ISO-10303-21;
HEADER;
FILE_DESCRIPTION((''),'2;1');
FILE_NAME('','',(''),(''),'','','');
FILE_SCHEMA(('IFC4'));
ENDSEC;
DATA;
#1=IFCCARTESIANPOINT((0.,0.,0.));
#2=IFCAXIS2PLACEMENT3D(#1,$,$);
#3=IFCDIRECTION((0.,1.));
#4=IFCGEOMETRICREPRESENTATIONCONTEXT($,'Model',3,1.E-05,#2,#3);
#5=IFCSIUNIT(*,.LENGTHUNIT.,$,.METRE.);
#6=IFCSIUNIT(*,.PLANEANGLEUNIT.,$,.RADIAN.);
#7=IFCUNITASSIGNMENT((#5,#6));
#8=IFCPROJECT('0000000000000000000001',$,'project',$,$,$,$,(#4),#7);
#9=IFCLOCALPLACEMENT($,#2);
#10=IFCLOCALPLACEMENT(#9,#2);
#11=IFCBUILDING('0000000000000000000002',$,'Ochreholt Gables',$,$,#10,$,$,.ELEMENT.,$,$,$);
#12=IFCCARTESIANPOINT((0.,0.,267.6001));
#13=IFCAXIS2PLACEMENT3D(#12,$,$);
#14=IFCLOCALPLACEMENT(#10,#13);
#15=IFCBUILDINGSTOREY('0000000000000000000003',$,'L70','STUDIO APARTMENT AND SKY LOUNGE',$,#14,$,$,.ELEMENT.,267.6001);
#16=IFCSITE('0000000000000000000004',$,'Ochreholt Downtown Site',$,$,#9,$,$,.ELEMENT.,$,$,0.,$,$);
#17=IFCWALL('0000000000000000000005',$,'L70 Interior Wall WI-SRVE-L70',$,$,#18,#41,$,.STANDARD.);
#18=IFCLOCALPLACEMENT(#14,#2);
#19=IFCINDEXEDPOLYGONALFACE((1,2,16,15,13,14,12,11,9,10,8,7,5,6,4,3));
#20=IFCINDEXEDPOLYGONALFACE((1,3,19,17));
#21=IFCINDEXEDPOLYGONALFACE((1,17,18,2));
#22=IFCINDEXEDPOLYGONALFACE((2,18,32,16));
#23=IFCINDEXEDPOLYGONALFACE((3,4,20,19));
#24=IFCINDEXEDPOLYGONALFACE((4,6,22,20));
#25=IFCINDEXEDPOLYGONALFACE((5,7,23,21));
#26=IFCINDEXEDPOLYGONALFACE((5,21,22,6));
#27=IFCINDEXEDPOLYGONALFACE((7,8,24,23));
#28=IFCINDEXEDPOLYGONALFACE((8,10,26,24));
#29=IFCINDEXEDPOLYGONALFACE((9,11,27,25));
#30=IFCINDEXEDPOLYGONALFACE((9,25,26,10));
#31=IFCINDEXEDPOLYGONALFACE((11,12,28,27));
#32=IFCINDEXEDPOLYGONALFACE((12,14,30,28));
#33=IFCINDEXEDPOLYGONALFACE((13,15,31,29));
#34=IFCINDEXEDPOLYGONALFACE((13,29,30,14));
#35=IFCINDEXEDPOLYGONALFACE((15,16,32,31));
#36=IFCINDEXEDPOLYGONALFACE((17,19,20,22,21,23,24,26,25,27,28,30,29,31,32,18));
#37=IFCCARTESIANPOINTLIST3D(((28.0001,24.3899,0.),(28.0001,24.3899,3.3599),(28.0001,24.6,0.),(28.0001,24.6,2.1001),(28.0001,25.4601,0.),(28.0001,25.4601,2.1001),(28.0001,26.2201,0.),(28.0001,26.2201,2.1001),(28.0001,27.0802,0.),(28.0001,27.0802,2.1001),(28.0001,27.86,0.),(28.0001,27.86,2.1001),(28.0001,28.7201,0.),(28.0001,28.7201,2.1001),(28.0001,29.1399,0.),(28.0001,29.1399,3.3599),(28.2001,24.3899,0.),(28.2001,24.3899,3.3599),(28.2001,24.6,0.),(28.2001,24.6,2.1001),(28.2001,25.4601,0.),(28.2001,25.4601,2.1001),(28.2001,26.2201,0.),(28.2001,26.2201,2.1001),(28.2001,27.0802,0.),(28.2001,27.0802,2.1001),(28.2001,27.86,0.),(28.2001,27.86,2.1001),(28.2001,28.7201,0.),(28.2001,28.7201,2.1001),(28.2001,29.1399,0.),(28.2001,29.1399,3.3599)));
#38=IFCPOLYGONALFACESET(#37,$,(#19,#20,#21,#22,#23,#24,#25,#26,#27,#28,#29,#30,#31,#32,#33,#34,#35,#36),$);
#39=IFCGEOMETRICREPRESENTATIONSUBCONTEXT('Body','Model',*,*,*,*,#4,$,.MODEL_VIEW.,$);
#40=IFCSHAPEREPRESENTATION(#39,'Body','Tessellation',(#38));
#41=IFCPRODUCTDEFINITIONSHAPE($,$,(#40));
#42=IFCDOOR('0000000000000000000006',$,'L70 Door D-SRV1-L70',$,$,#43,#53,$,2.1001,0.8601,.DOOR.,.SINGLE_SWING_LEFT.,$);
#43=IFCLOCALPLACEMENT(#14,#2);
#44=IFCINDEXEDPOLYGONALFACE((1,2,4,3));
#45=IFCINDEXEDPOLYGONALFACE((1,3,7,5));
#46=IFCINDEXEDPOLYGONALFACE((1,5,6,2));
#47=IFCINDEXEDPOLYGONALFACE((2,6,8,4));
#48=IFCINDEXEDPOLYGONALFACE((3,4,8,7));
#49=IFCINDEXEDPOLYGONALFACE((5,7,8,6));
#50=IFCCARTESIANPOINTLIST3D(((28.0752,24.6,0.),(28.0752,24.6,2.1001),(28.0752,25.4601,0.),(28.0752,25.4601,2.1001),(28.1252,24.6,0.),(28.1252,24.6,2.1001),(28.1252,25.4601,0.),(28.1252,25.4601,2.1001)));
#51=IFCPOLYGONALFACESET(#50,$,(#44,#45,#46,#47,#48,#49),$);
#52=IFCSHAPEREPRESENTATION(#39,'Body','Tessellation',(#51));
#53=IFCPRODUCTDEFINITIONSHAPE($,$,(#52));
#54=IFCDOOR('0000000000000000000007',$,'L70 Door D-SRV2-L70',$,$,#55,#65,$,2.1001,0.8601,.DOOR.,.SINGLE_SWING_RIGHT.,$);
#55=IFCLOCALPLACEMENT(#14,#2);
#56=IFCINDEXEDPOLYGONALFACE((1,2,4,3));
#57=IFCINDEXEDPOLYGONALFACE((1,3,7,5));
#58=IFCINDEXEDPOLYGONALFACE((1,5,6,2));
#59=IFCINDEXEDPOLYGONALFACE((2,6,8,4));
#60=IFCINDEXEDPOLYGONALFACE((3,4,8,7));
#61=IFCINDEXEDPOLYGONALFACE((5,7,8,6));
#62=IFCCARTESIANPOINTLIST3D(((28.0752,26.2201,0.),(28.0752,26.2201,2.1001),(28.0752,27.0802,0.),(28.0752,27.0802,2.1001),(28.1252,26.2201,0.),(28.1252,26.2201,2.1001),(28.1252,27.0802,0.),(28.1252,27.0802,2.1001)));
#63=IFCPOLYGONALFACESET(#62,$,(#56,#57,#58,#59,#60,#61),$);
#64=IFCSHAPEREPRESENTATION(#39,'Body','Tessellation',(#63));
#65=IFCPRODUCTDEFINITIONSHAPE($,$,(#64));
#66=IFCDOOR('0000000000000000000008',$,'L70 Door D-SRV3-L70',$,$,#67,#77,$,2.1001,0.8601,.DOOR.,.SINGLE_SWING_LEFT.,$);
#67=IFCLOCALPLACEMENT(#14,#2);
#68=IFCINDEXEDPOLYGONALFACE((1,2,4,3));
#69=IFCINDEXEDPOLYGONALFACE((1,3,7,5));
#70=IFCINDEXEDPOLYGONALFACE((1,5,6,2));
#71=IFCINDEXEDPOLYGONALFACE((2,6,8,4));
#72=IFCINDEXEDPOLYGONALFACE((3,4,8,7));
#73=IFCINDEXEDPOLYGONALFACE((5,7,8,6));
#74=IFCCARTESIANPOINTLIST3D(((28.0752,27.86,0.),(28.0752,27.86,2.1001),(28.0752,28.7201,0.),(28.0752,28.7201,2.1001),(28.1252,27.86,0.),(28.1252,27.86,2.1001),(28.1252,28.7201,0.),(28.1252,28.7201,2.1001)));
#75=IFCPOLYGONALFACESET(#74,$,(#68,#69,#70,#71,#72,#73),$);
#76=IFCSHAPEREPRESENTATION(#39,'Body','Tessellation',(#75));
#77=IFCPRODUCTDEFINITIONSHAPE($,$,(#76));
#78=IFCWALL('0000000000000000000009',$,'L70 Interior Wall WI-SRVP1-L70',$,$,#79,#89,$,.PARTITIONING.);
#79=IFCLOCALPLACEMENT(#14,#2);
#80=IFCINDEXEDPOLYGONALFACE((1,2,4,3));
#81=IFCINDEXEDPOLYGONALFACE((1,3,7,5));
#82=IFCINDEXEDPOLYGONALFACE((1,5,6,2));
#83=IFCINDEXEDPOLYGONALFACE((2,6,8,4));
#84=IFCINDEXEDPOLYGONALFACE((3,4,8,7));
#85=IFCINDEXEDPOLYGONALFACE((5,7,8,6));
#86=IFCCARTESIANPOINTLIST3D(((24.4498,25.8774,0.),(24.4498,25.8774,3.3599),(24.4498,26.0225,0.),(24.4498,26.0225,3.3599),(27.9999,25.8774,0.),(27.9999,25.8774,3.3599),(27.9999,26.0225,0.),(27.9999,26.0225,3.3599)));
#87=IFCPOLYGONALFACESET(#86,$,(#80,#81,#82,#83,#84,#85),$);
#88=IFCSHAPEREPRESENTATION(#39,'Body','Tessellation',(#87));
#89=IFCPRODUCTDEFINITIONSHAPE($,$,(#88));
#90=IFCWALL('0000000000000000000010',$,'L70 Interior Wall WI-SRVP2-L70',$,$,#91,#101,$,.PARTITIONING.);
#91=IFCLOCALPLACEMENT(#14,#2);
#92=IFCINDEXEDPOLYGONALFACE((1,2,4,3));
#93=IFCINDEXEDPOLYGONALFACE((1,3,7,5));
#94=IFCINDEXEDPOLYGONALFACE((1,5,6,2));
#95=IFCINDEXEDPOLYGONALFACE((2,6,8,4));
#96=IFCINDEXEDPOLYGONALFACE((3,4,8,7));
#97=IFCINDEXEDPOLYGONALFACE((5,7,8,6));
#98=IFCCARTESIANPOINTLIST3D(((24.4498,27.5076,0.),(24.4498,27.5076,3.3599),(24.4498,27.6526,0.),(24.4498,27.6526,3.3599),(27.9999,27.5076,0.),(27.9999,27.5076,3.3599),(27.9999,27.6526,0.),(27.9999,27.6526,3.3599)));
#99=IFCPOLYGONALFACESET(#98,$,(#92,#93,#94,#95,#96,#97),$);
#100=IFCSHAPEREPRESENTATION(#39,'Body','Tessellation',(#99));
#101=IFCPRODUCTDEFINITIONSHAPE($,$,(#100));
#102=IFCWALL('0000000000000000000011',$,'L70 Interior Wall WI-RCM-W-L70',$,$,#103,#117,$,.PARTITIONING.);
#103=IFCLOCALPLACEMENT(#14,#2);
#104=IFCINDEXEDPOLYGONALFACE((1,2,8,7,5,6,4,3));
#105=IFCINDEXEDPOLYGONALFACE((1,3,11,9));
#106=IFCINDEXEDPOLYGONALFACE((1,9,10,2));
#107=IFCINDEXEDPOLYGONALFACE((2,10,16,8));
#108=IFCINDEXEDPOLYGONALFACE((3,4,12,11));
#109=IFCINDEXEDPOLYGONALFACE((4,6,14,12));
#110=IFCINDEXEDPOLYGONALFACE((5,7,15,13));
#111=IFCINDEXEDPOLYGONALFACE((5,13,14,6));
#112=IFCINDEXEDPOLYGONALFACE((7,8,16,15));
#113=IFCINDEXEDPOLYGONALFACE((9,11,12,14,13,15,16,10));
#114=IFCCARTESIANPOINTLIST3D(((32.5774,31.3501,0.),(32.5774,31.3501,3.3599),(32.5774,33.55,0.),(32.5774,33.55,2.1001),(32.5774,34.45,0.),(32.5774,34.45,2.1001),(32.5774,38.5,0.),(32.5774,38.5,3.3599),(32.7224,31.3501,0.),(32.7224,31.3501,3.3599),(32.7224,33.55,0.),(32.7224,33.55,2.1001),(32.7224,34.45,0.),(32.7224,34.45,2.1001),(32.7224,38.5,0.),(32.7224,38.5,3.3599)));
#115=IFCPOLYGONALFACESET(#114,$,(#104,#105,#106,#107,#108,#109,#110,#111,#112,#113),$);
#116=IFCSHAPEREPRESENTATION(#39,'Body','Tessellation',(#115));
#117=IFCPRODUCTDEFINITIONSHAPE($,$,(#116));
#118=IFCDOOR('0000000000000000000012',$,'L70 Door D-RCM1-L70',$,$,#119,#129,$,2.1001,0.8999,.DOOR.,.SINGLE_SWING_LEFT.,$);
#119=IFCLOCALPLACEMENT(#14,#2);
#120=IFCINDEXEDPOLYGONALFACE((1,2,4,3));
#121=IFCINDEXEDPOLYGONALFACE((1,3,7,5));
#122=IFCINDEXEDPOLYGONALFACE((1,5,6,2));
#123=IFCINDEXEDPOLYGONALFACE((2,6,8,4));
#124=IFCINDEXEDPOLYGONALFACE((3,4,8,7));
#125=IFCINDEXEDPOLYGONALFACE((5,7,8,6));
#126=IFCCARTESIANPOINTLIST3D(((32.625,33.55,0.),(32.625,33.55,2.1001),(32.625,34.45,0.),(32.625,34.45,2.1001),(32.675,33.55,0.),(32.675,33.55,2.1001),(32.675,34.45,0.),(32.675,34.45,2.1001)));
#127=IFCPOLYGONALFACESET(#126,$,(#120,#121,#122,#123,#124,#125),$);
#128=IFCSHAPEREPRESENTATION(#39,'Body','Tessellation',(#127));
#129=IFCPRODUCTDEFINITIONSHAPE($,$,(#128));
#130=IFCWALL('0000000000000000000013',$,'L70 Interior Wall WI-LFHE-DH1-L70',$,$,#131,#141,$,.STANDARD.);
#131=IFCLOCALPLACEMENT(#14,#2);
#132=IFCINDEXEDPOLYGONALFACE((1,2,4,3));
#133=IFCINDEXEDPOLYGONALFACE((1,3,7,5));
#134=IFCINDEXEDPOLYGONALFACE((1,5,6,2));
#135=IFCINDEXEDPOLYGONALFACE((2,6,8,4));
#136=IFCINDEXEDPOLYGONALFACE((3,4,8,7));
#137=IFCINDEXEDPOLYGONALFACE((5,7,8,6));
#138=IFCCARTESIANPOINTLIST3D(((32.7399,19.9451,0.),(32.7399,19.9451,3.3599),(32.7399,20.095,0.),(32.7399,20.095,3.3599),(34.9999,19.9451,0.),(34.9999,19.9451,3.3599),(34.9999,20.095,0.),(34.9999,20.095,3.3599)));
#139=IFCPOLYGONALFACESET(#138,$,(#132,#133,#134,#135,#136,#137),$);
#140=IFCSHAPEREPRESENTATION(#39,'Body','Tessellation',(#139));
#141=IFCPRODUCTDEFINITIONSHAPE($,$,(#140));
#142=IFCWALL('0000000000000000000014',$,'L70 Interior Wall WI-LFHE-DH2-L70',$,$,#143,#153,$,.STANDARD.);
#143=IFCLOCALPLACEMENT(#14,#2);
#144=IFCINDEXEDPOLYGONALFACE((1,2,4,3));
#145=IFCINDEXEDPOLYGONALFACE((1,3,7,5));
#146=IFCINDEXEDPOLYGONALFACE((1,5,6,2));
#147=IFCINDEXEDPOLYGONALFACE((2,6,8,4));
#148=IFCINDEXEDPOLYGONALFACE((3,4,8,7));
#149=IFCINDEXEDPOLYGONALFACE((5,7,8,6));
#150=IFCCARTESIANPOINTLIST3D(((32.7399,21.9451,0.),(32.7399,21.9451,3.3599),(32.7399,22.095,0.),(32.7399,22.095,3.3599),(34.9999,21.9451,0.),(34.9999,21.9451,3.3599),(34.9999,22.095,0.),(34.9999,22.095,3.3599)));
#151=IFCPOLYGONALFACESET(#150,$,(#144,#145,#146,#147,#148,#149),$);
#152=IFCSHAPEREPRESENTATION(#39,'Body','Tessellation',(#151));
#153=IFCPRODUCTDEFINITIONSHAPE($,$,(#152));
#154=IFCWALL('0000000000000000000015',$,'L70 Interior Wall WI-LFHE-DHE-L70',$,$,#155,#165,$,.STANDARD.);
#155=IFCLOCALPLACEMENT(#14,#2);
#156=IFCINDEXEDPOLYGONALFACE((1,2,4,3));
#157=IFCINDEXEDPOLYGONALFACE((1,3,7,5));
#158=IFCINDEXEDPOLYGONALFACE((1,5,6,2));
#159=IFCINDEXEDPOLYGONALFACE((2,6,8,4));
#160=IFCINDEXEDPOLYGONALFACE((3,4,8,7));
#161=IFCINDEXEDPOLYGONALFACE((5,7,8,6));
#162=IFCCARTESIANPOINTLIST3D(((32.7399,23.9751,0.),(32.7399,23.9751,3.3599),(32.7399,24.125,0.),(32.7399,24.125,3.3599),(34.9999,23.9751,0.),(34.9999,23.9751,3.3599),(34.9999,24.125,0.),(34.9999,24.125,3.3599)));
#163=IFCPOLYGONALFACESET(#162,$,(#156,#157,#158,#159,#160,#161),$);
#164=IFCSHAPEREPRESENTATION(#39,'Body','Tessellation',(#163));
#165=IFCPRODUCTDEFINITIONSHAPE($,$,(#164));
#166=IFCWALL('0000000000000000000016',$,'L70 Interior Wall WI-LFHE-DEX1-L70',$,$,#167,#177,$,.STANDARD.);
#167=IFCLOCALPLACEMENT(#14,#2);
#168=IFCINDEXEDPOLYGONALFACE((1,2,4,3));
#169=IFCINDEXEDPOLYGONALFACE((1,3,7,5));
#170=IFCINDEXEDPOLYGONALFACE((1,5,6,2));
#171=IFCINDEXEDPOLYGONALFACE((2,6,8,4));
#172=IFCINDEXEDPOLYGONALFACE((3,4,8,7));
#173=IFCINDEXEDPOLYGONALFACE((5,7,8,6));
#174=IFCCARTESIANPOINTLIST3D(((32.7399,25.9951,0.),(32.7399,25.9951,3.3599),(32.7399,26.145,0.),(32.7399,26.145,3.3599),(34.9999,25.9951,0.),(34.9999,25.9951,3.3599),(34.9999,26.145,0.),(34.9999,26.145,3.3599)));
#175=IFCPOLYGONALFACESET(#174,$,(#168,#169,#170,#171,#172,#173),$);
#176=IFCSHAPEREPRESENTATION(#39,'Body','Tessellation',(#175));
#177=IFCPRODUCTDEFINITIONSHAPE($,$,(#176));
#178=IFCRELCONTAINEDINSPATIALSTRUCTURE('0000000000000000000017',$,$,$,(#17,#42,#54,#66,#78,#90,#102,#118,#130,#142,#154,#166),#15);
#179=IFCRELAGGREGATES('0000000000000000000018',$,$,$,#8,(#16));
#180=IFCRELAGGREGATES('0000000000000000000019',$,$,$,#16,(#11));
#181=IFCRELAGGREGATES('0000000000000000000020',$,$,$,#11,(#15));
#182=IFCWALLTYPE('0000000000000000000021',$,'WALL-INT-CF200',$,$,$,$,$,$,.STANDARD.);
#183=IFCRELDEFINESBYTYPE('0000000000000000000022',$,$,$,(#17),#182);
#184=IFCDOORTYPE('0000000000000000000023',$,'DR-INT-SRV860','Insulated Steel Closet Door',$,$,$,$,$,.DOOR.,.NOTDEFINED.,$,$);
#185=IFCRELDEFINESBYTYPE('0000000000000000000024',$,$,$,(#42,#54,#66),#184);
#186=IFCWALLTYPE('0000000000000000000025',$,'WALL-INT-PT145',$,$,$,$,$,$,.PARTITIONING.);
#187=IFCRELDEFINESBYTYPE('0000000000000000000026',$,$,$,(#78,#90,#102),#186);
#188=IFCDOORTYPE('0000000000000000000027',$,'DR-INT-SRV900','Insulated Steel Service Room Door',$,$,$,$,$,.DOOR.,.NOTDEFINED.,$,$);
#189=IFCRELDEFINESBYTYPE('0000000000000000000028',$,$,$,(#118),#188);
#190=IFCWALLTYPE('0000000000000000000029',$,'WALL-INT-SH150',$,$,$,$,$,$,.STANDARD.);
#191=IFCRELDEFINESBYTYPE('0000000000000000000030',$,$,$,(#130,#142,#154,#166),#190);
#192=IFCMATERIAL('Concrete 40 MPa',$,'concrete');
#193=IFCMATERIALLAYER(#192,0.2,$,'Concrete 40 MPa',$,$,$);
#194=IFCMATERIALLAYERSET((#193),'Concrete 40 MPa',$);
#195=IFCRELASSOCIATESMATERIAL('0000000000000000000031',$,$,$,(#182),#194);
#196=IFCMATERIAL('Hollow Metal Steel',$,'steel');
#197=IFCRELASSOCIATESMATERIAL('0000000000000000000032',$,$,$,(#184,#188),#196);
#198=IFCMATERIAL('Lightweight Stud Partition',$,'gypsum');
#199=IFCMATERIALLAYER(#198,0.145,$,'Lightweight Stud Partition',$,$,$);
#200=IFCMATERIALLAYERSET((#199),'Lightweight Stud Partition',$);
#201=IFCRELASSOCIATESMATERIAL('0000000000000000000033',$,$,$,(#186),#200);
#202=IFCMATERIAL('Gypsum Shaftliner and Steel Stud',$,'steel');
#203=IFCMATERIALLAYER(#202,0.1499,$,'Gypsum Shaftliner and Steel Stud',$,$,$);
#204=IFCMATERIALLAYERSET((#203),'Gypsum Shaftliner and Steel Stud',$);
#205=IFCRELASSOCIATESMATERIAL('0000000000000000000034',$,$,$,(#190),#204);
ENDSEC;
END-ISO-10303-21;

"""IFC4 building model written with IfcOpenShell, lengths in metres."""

from ifc_helpers import new_model, si_unit, direction, frame, frame_2d, origin, place, context, subcontext, project, spatial, rectangle, extrude, material, layer, layer_set, type_object, element, fill, save


model = new_model("IFC4")

# Units and contexts
model_context = context("Model", 3, precision=1e-05, world=origin(), true_north=direction((0.0, 1.0)))
body_context = subcontext(model_context, "Body", "Model", "MODEL_VIEW")
ifc_project = project(units=[si_unit("LENGTHUNIT", "METRE"), si_unit("PLANEANGLEUNIT", "RADIAN")], contexts=[model_context])

# Site, building, storey
site_placement = place(None, origin())
site = spatial("IfcSite", under=ifc_project, at=site_placement, Name="Ochreholt Downtown Site", CompositionType="ELEMENT", RefElevation=0.0)
building_placement = place(site_placement, origin())
building = spatial("IfcBuilding", under=site, at=building_placement, Name="Ochreholt Gables", CompositionType="ELEMENT")
storey_placement = place(building_placement, frame((0.0, 0.0, 267.6001)))
storey = spatial("IfcBuildingStorey", under=building, at=storey_placement, Name="L70", Description="STUDIO APARTMENT AND SKY LOUNGE", CompositionType="ELEMENT", Elevation=267.6001)

# Shared definitions
ifc_material_1 = material(Name="Concrete 40 MPa", Category="concrete")
ifc_layer_1 = layer(ifc_material_1, 0.2, Name="Concrete 40 MPa")
ifc_layer_set_1 = layer_set([ifc_layer_1], Name="Concrete 40 MPa")
wall_type_1 = type_object("IfcWallType", Name="WALL-INT-CF200", PredefinedType="STANDARD", material=ifc_layer_set_1)

# Wall, openings, doors
wall_1_placement = place(storey_placement, frame((28.1001, 24.3899, 0.0), z_axis=(0.0, 0.0, 1.0), x_axis=(0.0, 1.0, 0.0)))
wall_1 = element("IfcWall", 1, at=wall_1_placement, inside=storey, type_object=wall_type_1, Name="L70 Interior Wall WI-SRVE-L70", PredefinedType="STANDARD", context=body_context, shape_type="SweptSolid", body=[
    extrude(rectangle(XDim=4.75, YDim=0.2, at=frame_2d((2.375, 0.0))), origin(), (0.0, 0.0, 1.0), 3.3599),
])
opening_1_placement = place(wall_1_placement, frame((0.21, 0.0, 0.0)))
opening_1 = element("IfcOpeningElement", 2, at=opening_1_placement, cuts=wall_1, PredefinedType="OPENING", context=body_context, shape_type="SweptSolid", body=[
    extrude(rectangle(XDim=0.8601, YDim=2.1001, at=frame_2d((0.4302, 1.05))), frame((0.0, 0.1099, 0.0), z_axis=(0.0, -1.0, 0.0), x_axis=(1.0, 0.0, 0.0)), (0.0, 0.0, 1.0), 0.22),
])
opening_2_placement = place(wall_1_placement, frame((1.8301, 0.0, 0.0)))
opening_2 = element("IfcOpeningElement", 3, at=opening_2_placement, cuts=wall_1, PredefinedType="OPENING", context=body_context, shape_type="SweptSolid", body=[
    extrude(rectangle(XDim=0.8601, YDim=2.1001, at=frame_2d((0.4302, 1.05))), frame((0.0, 0.1099, 0.0), z_axis=(0.0, -1.0, 0.0), x_axis=(1.0, 0.0, 0.0)), (0.0, 0.0, 1.0), 0.22),
])
opening_3_placement = place(wall_1_placement, frame((3.47, 0.0, 0.0)))
opening_3 = element("IfcOpeningElement", 4, at=opening_3_placement, cuts=wall_1, PredefinedType="OPENING", context=body_context, shape_type="SweptSolid", body=[
    extrude(rectangle(XDim=0.8601, YDim=2.1001, at=frame_2d((0.4302, 1.05))), frame((0.0, 0.1099, 0.0), z_axis=(0.0, -1.0, 0.0), x_axis=(1.0, 0.0, 0.0)), (0.0, 0.0, 1.0), 0.22),
])
ifc_material_2 = material(Name="Hollow Metal Steel", Category="steel")
door_type_1 = type_object("IfcDoorType", Name="DR-INT-SRV860", Description="Insulated Steel Closet Door", OperationType="NOTDEFINED", PredefinedType="DOOR", material=ifc_material_2)
door_1_placement = place(opening_1_placement, origin())
door_1 = element("IfcDoor", 5, at=door_1_placement, inside=storey, type_object=door_type_1, Name="L70 Door D-SRV1-L70", OperationType="SINGLE_SWING_LEFT", OverallHeight=2.1001, OverallWidth=0.8601, PredefinedType="DOOR", context=body_context, shape_type="SweptSolid", body=[
    extrude(rectangle(XDim=0.8601, YDim=2.1001, at=frame_2d((0.4302, 1.05))), frame((0.0, 0.0249, 0.0), z_axis=(0.0, -1.0, 0.0), x_axis=(1.0, 0.0, 0.0)), (0.0, 0.0, 1.0), 0.05),
])
fill(opening_1, door_1)
door_2_placement = place(opening_2_placement, origin())
door_2 = element("IfcDoor", 6, at=door_2_placement, inside=storey, type_object=door_type_1, Name="L70 Door D-SRV2-L70", OperationType="SINGLE_SWING_RIGHT", OverallHeight=2.1001, OverallWidth=0.8601, PredefinedType="DOOR", context=body_context, shape_type="SweptSolid", body=[
    extrude(rectangle(XDim=0.8601, YDim=2.1001, at=frame_2d((0.4302, 1.05))), frame((0.0, 0.0249, 0.0), z_axis=(0.0, -1.0, 0.0), x_axis=(1.0, 0.0, 0.0)), (0.0, 0.0, 1.0), 0.05),
])
fill(opening_2, door_2)
door_3_placement = place(opening_3_placement, origin())
door_3 = element("IfcDoor", 7, at=door_3_placement, inside=storey, type_object=door_type_1, Name="L70 Door D-SRV3-L70", OperationType="SINGLE_SWING_LEFT", OverallHeight=2.1001, OverallWidth=0.8601, PredefinedType="DOOR", context=body_context, shape_type="SweptSolid", body=[
    extrude(rectangle(XDim=0.8601, YDim=2.1001, at=frame_2d((0.4302, 1.05))), frame((0.0, 0.0249, 0.0), z_axis=(0.0, -1.0, 0.0), x_axis=(1.0, 0.0, 0.0)), (0.0, 0.0, 1.0), 0.05),
])
fill(opening_3, door_3)

# Walls
ifc_material_3 = material(Name="Lightweight Stud Partition", Category="gypsum")
ifc_layer_2 = layer(ifc_material_3, 0.145, Name="Lightweight Stud Partition")
ifc_layer_set_2 = layer_set([ifc_layer_2], Name="Lightweight Stud Partition")
wall_type_2 = type_object("IfcWallType", Name="WALL-INT-PT145", PredefinedType="PARTITIONING", material=ifc_layer_set_2)
for number, where, z_axis, x_axis, name in (
    (8, (24.45, 25.95, 0.0), (0.0, 0.0, 1.0), (1.0, 0.0, 0.0), "L70 Interior Wall WI-SRVP1-L70"),
    (9, (24.45, 27.5801, 0.0), (0.0, 0.0, 1.0), (1.0, 0.0, 0.0), "L70 Interior Wall WI-SRVP2-L70"),
):
    element("IfcWall", number, at=place(storey_placement, frame(where, z_axis=z_axis, x_axis=x_axis)), inside=storey, type_object=wall_type_2, Name=name, PredefinedType="PARTITIONING", context=body_context, shape_type="SweptSolid", body=[
        extrude(rectangle(XDim=3.55, YDim=0.145, at=frame_2d((1.7749, 0.0))), origin(), (0.0, 0.0, 1.0), 3.3599),
    ])

# Wall, opening, door
wall_2_placement = place(storey_placement, frame((32.6499, 31.3501, 0.0), z_axis=(0.0, 0.0, 1.0), x_axis=(0.0, 1.0, 0.0)))
wall_2 = element("IfcWall", 10, at=wall_2_placement, inside=storey, type_object=wall_type_2, Name="L70 Interior Wall WI-RCM-W-L70", PredefinedType="PARTITIONING", context=body_context, shape_type="SweptSolid", body=[
    extrude(rectangle(XDim=7.1499, YDim=0.145, at=frame_2d((3.575, 0.0))), origin(), (0.0, 0.0, 1.0), 3.3599),
])
opening_4_placement = place(wall_2_placement, frame((2.2, 0.0, 0.0)))
opening_4 = element("IfcOpeningElement", 11, at=opening_4_placement, cuts=wall_2, PredefinedType="OPENING", context=body_context, shape_type="SweptSolid", body=[
    extrude(rectangle(XDim=0.8999, YDim=2.1001, at=frame_2d((0.45, 1.05))), frame((0.0, 0.0825, 0.0), z_axis=(0.0, -1.0, 0.0), x_axis=(1.0, 0.0, 0.0)), (0.0, 0.0, 1.0), 0.165),
])
door_type_2 = type_object("IfcDoorType", Name="DR-INT-SRV900", Description="Insulated Steel Service Room Door", OperationType="NOTDEFINED", PredefinedType="DOOR", material=ifc_material_2)
door_4_placement = place(opening_4_placement, origin())
door_4 = element("IfcDoor", 12, at=door_4_placement, inside=storey, type_object=door_type_2, Name="L70 Door D-RCM1-L70", OperationType="SINGLE_SWING_LEFT", OverallHeight=2.1001, OverallWidth=0.8999, PredefinedType="DOOR", context=body_context, shape_type="SweptSolid", body=[
    extrude(rectangle(XDim=0.8999, YDim=2.1001, at=frame_2d((0.45, 1.05))), frame((0.0, 0.0249, 0.0), z_axis=(0.0, -1.0, 0.0), x_axis=(1.0, 0.0, 0.0)), (0.0, 0.0, 1.0), 0.05),
])
fill(opening_4, door_4)

# Walls
ifc_material_4 = material(Name="Gypsum Shaftliner and Steel Stud", Category="steel")
ifc_layer_3 = layer(ifc_material_4, 0.1499, Name="Gypsum Shaftliner and Steel Stud")
ifc_layer_set_3 = layer_set([ifc_layer_3], Name="Gypsum Shaftliner and Steel Stud")
wall_type_3 = type_object("IfcWallType", Name="WALL-INT-SH150", PredefinedType="STANDARD", material=ifc_layer_set_3)
for number, where, z_axis, x_axis, name in (
    (13, (32.74, 20.02, 0.0), (0.0, 0.0, 1.0), (1.0, 0.0, 0.0), "L70 Interior Wall WI-LFHE-DH1-L70"),
    (14, (32.74, 22.02, 0.0), (0.0, 0.0, 1.0), (1.0, 0.0, 0.0), "L70 Interior Wall WI-LFHE-DH2-L70"),
    (15, (32.74, 24.05, 0.0), (0.0, 0.0, 1.0), (1.0, 0.0, 0.0), "L70 Interior Wall WI-LFHE-DHE-L70"),
    (16, (32.74, 26.0701, 0.0), (0.0, 0.0, 1.0), (1.0, 0.0, 0.0), "L70 Interior Wall WI-LFHE-DEX1-L70"),
):
    element("IfcWall", number, at=place(storey_placement, frame(where, z_axis=z_axis, x_axis=x_axis)), inside=storey, type_object=wall_type_3, Name=name, PredefinedType="STANDARD", context=body_context, shape_type="SweptSolid", body=[
        extrude(rectangle(XDim=2.26, YDim=0.1499, at=frame_2d((1.1299, 0.0))), origin(), (0.0, 0.0, 1.0), 3.3599),
    ])

save(model, "model.ifc")
